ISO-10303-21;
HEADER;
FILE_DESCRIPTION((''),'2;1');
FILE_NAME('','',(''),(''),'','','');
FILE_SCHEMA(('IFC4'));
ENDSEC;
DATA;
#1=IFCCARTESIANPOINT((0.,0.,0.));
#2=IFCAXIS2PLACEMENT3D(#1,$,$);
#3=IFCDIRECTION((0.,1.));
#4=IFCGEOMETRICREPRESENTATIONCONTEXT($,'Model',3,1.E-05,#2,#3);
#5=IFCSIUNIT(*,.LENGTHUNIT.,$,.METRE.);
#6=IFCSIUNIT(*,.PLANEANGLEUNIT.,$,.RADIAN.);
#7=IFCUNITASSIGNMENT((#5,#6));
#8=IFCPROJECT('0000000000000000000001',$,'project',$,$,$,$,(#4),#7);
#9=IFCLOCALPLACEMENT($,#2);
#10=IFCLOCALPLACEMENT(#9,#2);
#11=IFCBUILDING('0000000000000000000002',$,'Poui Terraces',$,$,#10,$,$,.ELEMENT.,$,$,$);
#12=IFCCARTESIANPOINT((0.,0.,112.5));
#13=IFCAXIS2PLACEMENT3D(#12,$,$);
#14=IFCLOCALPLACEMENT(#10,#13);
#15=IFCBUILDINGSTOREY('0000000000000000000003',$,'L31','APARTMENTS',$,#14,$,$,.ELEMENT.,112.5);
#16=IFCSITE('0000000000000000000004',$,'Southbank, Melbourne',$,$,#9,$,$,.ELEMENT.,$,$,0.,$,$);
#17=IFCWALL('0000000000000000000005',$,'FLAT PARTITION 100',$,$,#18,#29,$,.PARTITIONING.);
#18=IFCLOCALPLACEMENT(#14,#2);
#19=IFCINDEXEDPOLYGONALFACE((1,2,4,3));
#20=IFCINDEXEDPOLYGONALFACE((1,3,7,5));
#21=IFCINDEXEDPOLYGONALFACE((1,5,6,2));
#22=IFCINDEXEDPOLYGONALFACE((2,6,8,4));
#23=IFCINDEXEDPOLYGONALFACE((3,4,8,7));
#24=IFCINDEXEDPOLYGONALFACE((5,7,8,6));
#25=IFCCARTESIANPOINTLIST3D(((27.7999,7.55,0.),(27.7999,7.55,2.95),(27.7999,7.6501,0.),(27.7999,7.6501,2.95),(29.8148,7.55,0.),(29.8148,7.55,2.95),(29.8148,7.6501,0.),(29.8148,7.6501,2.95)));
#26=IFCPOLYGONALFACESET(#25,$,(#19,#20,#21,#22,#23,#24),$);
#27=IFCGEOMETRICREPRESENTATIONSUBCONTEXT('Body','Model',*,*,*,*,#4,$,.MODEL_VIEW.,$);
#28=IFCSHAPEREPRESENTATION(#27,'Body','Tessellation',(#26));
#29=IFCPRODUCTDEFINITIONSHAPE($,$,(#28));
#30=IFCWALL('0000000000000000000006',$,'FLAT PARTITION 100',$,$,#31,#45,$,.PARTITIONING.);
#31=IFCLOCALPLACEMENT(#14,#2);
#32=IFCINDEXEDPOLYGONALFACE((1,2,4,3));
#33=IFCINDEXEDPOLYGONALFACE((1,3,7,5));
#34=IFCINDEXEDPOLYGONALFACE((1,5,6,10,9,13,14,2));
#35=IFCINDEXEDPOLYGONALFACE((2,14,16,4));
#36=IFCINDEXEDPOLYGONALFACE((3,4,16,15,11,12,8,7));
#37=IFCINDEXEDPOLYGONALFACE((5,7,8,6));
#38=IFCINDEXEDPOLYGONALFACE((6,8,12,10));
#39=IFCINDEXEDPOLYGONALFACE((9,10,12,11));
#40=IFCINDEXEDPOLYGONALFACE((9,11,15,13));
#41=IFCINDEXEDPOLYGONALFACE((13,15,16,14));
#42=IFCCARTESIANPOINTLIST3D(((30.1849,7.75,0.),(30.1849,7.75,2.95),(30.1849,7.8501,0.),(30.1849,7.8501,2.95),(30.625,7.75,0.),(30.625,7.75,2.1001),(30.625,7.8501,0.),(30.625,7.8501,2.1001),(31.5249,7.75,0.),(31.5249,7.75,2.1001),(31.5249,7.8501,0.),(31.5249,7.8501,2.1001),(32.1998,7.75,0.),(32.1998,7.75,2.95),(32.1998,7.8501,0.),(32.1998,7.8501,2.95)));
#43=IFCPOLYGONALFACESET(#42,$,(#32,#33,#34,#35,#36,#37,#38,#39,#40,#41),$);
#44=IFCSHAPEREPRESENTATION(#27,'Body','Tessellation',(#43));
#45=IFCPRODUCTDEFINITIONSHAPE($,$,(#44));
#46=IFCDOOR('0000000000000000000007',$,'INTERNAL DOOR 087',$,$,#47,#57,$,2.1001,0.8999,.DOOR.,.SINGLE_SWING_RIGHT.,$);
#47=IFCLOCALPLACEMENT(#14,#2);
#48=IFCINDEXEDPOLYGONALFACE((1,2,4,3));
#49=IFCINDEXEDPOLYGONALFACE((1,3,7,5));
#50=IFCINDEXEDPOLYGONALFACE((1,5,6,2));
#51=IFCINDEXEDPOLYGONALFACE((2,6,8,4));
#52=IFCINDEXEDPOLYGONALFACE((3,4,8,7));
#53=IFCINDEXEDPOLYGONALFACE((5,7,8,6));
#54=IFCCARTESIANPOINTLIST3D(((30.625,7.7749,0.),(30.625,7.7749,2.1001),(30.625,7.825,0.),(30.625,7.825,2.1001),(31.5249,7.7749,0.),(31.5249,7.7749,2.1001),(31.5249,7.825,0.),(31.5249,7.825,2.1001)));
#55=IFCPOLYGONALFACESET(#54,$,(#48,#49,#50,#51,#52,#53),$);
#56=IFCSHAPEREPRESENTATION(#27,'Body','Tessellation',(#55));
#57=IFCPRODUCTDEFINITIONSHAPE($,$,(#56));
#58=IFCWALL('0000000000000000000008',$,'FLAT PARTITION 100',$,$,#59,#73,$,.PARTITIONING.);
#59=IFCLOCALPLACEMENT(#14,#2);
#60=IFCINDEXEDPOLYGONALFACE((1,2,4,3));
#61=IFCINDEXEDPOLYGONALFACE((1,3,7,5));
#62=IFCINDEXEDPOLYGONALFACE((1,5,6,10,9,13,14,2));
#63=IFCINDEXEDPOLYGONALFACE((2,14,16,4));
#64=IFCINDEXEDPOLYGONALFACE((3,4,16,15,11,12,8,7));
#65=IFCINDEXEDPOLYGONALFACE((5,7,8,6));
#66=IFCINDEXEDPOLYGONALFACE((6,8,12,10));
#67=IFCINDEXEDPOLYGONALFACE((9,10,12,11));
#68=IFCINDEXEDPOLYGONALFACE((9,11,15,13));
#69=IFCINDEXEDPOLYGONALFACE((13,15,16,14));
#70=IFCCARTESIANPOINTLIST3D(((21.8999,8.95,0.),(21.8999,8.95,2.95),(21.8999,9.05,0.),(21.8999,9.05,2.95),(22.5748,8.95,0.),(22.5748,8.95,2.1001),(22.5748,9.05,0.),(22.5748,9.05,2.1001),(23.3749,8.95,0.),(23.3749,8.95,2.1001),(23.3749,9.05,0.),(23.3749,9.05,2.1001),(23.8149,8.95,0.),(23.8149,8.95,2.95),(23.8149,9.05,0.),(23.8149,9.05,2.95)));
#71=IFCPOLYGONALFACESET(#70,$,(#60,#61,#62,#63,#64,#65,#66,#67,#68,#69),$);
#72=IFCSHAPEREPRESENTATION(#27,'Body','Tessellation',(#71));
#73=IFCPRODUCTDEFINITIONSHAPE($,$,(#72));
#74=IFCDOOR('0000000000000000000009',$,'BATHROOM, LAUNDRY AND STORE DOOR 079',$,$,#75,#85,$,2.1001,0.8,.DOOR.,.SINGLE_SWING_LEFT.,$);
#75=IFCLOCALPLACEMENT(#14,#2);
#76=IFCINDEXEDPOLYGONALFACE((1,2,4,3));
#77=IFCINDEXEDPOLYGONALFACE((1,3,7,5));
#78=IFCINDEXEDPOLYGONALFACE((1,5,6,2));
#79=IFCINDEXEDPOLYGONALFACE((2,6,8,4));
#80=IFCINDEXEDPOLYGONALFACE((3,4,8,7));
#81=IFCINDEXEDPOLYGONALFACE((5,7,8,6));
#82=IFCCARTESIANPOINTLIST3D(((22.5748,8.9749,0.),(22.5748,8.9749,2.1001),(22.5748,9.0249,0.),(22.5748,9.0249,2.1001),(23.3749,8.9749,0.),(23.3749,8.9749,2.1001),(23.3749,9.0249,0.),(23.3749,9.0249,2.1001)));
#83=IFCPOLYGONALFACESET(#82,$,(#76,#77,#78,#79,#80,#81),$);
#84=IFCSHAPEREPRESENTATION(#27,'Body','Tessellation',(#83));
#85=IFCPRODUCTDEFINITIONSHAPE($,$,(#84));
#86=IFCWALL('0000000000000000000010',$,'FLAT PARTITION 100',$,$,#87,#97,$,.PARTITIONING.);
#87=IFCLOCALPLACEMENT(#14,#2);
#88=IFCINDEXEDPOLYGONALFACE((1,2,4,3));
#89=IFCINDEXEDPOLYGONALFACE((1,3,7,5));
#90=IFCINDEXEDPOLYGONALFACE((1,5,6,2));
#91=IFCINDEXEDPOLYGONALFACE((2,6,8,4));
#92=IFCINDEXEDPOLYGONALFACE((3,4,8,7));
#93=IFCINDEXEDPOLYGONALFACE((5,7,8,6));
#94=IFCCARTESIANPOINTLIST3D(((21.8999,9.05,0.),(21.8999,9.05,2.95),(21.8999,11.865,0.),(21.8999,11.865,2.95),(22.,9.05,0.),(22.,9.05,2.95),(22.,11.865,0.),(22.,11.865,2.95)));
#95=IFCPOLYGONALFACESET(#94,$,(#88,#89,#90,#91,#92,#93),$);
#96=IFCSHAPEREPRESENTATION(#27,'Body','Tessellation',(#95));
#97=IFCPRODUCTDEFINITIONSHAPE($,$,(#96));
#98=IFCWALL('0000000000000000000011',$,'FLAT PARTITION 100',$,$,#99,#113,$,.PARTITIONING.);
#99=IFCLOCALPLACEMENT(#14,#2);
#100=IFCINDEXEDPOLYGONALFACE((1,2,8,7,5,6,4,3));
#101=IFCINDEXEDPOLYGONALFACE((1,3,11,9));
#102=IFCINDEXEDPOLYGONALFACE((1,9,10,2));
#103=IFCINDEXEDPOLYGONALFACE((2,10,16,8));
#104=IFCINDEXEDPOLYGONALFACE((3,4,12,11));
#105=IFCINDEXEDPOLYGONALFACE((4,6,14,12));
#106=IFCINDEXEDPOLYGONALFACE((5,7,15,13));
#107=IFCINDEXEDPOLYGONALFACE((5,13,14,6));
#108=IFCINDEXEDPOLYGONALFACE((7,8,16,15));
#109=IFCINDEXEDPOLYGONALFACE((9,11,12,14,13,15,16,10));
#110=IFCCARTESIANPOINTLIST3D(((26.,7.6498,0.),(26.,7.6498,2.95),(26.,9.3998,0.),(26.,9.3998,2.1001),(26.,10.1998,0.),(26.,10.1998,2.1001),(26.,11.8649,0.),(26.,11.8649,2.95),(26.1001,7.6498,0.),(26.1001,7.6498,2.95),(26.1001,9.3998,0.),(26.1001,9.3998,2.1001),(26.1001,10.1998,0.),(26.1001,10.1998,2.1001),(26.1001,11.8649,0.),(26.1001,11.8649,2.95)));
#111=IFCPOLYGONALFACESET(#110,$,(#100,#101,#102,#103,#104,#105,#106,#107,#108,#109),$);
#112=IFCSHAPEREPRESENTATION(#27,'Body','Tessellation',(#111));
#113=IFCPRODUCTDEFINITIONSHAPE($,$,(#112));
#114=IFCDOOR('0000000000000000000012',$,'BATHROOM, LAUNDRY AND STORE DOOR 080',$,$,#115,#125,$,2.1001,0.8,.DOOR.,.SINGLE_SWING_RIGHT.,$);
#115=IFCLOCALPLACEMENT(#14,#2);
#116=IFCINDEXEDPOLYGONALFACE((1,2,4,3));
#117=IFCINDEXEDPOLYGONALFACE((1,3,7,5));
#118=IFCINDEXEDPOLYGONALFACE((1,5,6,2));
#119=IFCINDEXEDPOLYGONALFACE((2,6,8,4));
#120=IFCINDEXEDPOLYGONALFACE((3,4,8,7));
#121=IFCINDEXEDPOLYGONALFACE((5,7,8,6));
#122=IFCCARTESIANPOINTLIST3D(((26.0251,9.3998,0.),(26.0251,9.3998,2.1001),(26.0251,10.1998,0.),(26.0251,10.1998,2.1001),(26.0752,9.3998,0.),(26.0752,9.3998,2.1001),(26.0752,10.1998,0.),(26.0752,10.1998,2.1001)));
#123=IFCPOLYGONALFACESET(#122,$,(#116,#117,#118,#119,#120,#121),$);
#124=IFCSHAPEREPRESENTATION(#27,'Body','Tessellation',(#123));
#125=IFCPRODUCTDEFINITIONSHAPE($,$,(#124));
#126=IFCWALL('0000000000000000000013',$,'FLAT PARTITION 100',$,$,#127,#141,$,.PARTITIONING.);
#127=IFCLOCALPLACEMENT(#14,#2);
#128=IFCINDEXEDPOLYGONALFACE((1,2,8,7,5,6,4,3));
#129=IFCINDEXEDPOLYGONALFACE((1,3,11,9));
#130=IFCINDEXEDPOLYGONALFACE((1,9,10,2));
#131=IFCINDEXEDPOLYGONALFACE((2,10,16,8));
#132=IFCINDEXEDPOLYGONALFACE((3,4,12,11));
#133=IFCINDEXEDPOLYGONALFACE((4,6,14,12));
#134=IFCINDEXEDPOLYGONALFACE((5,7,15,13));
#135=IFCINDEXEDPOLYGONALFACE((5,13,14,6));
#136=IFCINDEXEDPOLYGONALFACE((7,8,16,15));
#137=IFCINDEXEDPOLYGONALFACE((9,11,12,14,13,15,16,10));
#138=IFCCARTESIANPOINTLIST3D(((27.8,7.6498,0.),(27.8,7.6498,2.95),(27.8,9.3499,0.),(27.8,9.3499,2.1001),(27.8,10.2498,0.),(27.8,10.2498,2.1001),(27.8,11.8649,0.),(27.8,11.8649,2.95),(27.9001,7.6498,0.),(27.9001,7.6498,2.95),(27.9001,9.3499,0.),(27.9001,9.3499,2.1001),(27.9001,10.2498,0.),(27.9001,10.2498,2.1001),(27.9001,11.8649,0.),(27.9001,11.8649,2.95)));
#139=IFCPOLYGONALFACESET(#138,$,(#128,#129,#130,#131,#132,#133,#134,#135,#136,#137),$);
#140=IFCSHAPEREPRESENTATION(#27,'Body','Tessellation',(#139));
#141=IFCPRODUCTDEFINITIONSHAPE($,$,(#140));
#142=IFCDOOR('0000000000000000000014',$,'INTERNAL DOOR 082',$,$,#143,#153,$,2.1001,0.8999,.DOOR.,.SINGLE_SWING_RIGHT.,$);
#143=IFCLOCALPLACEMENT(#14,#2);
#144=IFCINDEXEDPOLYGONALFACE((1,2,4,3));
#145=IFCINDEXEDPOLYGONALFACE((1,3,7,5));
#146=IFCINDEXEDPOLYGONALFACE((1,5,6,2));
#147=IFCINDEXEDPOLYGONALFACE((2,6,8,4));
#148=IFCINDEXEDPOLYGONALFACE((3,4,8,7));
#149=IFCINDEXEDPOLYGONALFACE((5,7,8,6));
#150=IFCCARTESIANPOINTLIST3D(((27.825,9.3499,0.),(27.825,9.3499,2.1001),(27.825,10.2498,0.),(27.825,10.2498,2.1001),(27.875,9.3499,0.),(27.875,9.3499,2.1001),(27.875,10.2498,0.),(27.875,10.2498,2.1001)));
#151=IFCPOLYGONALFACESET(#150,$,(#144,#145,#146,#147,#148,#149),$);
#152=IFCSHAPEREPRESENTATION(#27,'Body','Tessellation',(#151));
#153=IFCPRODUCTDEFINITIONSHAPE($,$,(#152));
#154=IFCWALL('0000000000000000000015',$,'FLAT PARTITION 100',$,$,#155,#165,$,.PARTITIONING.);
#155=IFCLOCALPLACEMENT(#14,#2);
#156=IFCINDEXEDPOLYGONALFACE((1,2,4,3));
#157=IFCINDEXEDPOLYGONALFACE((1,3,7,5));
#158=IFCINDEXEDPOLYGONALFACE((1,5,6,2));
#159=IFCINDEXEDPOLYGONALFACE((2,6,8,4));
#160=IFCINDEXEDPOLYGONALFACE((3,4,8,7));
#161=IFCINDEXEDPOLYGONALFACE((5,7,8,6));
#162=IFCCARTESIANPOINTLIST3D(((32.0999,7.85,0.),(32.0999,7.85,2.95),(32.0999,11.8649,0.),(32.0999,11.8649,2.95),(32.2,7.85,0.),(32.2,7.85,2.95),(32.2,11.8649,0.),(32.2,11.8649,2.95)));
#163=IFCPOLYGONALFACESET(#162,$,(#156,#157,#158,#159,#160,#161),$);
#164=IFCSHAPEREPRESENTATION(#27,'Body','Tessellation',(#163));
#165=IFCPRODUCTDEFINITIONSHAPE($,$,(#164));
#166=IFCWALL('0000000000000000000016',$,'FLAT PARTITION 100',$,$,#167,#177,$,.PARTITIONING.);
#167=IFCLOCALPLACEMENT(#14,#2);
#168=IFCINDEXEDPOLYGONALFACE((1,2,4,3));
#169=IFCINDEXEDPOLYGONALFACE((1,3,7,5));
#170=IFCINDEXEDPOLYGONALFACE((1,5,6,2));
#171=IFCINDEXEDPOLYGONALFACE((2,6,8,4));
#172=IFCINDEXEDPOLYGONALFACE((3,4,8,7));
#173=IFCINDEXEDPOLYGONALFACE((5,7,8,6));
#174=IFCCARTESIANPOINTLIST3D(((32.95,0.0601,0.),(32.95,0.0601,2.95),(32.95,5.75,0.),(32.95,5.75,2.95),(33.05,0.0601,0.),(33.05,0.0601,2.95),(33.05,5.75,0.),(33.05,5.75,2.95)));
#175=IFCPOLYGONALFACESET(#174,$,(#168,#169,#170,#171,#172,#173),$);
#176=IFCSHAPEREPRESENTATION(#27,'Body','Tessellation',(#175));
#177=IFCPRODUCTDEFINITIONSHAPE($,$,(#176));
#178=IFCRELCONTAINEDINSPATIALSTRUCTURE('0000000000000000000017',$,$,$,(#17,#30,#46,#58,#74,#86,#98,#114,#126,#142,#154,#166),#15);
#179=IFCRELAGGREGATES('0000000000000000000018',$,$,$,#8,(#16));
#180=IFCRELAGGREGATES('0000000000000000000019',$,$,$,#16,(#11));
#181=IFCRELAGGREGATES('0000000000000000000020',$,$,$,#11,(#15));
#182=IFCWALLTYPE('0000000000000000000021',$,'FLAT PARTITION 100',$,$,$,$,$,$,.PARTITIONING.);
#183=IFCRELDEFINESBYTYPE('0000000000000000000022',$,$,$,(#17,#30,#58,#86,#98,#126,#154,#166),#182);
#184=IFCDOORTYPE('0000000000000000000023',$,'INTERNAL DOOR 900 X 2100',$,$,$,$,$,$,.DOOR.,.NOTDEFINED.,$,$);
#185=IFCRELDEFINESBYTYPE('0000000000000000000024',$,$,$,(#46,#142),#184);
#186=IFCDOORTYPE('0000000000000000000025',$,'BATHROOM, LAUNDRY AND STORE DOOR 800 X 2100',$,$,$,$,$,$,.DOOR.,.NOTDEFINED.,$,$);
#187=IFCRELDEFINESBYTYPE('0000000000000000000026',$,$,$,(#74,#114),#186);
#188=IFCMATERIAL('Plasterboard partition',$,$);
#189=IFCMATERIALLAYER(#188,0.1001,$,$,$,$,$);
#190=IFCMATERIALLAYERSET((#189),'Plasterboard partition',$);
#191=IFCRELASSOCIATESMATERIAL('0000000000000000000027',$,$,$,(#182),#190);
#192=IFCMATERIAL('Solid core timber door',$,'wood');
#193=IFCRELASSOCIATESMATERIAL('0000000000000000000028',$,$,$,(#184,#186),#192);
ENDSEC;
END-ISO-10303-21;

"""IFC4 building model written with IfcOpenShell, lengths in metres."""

from ifc_helpers import new_model, si_unit, direction, frame, frame_2d, origin, place, context, subcontext, project, spatial, rectangle, extrude, material, layer, layer_set, type_object, element, fill, save


model = new_model("IFC4")

# Units and contexts
model_context = context("Model", 3, precision=1e-05, world=origin(), true_north=direction((0.0, 1.0)))
body_context = subcontext(model_context, "Body", "Model", "MODEL_VIEW")
ifc_project = project(units=[si_unit("LENGTHUNIT", "METRE"), si_unit("PLANEANGLEUNIT", "RADIAN")], contexts=[model_context])

# Site, building, storey
site_placement = place(None, origin())
site = spatial("IfcSite", under=ifc_project, at=site_placement, Name="Southbank, Melbourne", CompositionType="ELEMENT", RefElevation=0.0)
building_placement = place(site_placement, origin())
building = spatial("IfcBuilding", under=site, at=building_placement, Name="Poui Terraces", CompositionType="ELEMENT")
storey_placement = place(building_placement, frame((0.0, 0.0, 112.5)))
storey = spatial("IfcBuildingStorey", under=building, at=storey_placement, Name="L31", Description="APARTMENTS", CompositionType="ELEMENT", Elevation=112.5)

# Shared definitions
ifc_material_1 = material(Name="Plasterboard partition")
ifc_layer_1 = layer(ifc_material_1, 0.1001)
ifc_layer_set_1 = layer_set([ifc_layer_1], Name="Plasterboard partition")
wall_type_1 = type_object("IfcWallType", Name="FLAT PARTITION 100", PredefinedType="PARTITIONING", material=ifc_layer_set_1)
ifc_material_2 = material(Name="Solid core timber door", Category="wood")
door_type_1 = type_object("IfcDoorType", Name="INTERNAL DOOR 900 X 2100", OperationType="NOTDEFINED", PredefinedType="DOOR", material=ifc_material_2)

# Wall
wall_1_placement = place(storey_placement, frame((27.8, 7.6001, 0.0), z_axis=(0.0, 0.0, 1.0), x_axis=(1.0, 0.0, 0.0)))
element("IfcWall", 1, at=wall_1_placement, inside=storey, type_object=wall_type_1, Name="FLAT PARTITION 100", PredefinedType="PARTITIONING", context=body_context, shape_type="SweptSolid", body=[
    extrude(rectangle(XDim=2.0149, YDim=0.1001, at=frame_2d((1.0073, 0.0))), origin(), (0.0, 0.0, 1.0), 2.95),
])

# Walls, openings, doors
wall_2_placement = place(storey_placement, frame((30.1851, 7.8, 0.0), z_axis=(0.0, 0.0, 1.0), x_axis=(1.0, 0.0, 0.0)))
wall_2 = element("IfcWall", 2, at=wall_2_placement, inside=storey, type_object=wall_type_1, Name="FLAT PARTITION 100", PredefinedType="PARTITIONING", context=body_context, shape_type="SweptSolid", body=[
    extrude(rectangle(XDim=2.0149, YDim=0.1001, at=frame_2d((1.0073, 0.0))), origin(), (0.0, 0.0, 1.0), 2.95),
])
opening_1_placement = place(wall_2_placement, frame((0.4399, 0.0, 0.0)))
opening_1 = element("IfcOpeningElement", 3, at=opening_1_placement, cuts=wall_2, PredefinedType="OPENING", context=body_context, shape_type="SweptSolid", body=[
    extrude(rectangle(XDim=0.8999, YDim=2.1001, at=frame_2d((0.45, 1.05))), frame((0.0, 0.0601, 0.0), z_axis=(0.0, -1.0, 0.0), x_axis=(1.0, 0.0, 0.0)), (0.0, 0.0, 1.0), 0.1201),
])
door_1_placement = place(opening_1_placement, origin())
door_1 = element("IfcDoor", 4, at=door_1_placement, inside=storey, type_object=door_type_1, Name="INTERNAL DOOR 087", OperationType="SINGLE_SWING_RIGHT", OverallHeight=2.1001, OverallWidth=0.8999, PredefinedType="DOOR", context=body_context, shape_type="SweptSolid", body=[
    extrude(rectangle(XDim=0.8999, YDim=2.1001, at=frame_2d((0.45, 1.05))), frame((0.0, 0.0249, 0.0), z_axis=(0.0, -1.0, 0.0), x_axis=(1.0, 0.0, 0.0)), (0.0, 0.0, 1.0), 0.05),
])
fill(opening_1, door_1)
wall_3_placement = place(storey_placement, frame((21.8999, 9.0, 0.0), z_axis=(0.0, 0.0, 1.0), x_axis=(1.0, 0.0, 0.0)))
wall_3 = element("IfcWall", 5, at=wall_3_placement, inside=storey, type_object=wall_type_1, Name="FLAT PARTITION 100", PredefinedType="PARTITIONING", context=body_context, shape_type="SweptSolid", body=[
    extrude(rectangle(XDim=1.915, YDim=0.1001, at=frame_2d((0.9575, 0.0))), origin(), (0.0, 0.0, 1.0), 2.95),
])
opening_2_placement = place(wall_3_placement, frame((0.675, 0.0, 0.0)))
opening_2 = element("IfcOpeningElement", 6, at=opening_2_placement, cuts=wall_3, PredefinedType="OPENING", context=body_context, shape_type="SweptSolid", body=[
    extrude(rectangle(XDim=0.8, YDim=2.1001, at=frame_2d((0.3999, 1.05))), frame((0.0, 0.0601, 0.0), z_axis=(0.0, -1.0, 0.0), x_axis=(1.0, 0.0, 0.0)), (0.0, 0.0, 1.0), 0.1201),
])
door_type_2 = type_object("IfcDoorType", Name="BATHROOM, LAUNDRY AND STORE DOOR 800 X 2100", OperationType="NOTDEFINED", PredefinedType="DOOR", material=ifc_material_2)
door_2_placement = place(opening_2_placement, origin())
door_2 = element("IfcDoor", 7, at=door_2_placement, inside=storey, type_object=door_type_2, Name="BATHROOM, LAUNDRY AND STORE DOOR 079", OperationType="SINGLE_SWING_LEFT", OverallHeight=2.1001, OverallWidth=0.8, PredefinedType="DOOR", context=body_context, shape_type="SweptSolid", body=[
    extrude(rectangle(XDim=0.8, YDim=2.1001, at=frame_2d((0.3999, 1.05))), frame((0.0, 0.0249, 0.0), z_axis=(0.0, -1.0, 0.0), x_axis=(1.0, 0.0, 0.0)), (0.0, 0.0, 1.0), 0.05),
])
fill(opening_2, door_2)

# Wall
wall_4_placement = place(storey_placement, frame((21.95, 9.05, 0.0), z_axis=(0.0, 0.0, 1.0), x_axis=(0.0, 1.0, 0.0)))
element("IfcWall", 8, at=wall_4_placement, inside=storey, type_object=wall_type_1, Name="FLAT PARTITION 100", PredefinedType="PARTITIONING", context=body_context, shape_type="SweptSolid", body=[
    extrude(rectangle(XDim=2.8149, YDim=0.1001, at=frame_2d((1.4075, 0.0))), origin(), (0.0, 0.0, 1.0), 2.95),
])

# Walls, openings, doors
wall_5_placement = place(storey_placement, frame((26.05, 7.6499, 0.0), z_axis=(0.0, 0.0, 1.0), x_axis=(0.0, 1.0, 0.0)))
wall_5 = element("IfcWall", 9, at=wall_5_placement, inside=storey, type_object=wall_type_1, Name="FLAT PARTITION 100", PredefinedType="PARTITIONING", context=body_context, shape_type="SweptSolid", body=[
    extrude(rectangle(XDim=4.2151, YDim=0.1001, at=frame_2d((2.1074, 0.0))), origin(), (0.0, 0.0, 1.0), 2.95),
])
opening_3_placement = place(wall_5_placement, frame((1.75, 0.0, 0.0)))
opening_3 = element("IfcOpeningElement", 10, at=opening_3_placement, cuts=wall_5, PredefinedType="OPENING", context=body_context, shape_type="SweptSolid", body=[
    extrude(rectangle(XDim=0.8, YDim=2.1001, at=frame_2d((0.3999, 1.05))), frame((0.0, 0.0601, 0.0), z_axis=(0.0, -1.0, 0.0), x_axis=(1.0, 0.0, 0.0)), (0.0, 0.0, 1.0), 0.1201),
])
door_3_placement = place(opening_3_placement, origin())
door_3 = element("IfcDoor", 11, at=door_3_placement, inside=storey, type_object=door_type_2, Name="BATHROOM, LAUNDRY AND STORE DOOR 080", OperationType="SINGLE_SWING_RIGHT", OverallHeight=2.1001, OverallWidth=0.8, PredefinedType="DOOR", context=body_context, shape_type="SweptSolid", body=[
    extrude(rectangle(XDim=0.8, YDim=2.1001, at=frame_2d((0.3999, 1.05))), frame((0.0, 0.0249, 0.0), z_axis=(0.0, -1.0, 0.0), x_axis=(1.0, 0.0, 0.0)), (0.0, 0.0, 1.0), 0.05),
])
fill(opening_3, door_3)
wall_6_placement = place(storey_placement, frame((27.8501, 7.6499, 0.0), z_axis=(0.0, 0.0, 1.0), x_axis=(0.0, 1.0, 0.0)))
wall_6 = element("IfcWall", 12, at=wall_6_placement, inside=storey, type_object=wall_type_1, Name="FLAT PARTITION 100", PredefinedType="PARTITIONING", context=body_context, shape_type="SweptSolid", body=[
    extrude(rectangle(XDim=4.2151, YDim=0.1001, at=frame_2d((2.1074, 0.0))), origin(), (0.0, 0.0, 1.0), 2.95),
])
opening_4_placement = place(wall_6_placement, frame((1.7, 0.0, 0.0)))
opening_4 = element("IfcOpeningElement", 13, at=opening_4_placement, cuts=wall_6, PredefinedType="OPENING", context=body_context, shape_type="SweptSolid", body=[
    extrude(rectangle(XDim=0.8999, YDim=2.1001, at=frame_2d((0.45, 1.05))), frame((0.0, 0.0601, 0.0), z_axis=(0.0, -1.0, 0.0), x_axis=(1.0, 0.0, 0.0)), (0.0, 0.0, 1.0), 0.1201),
])
door_4_placement = place(opening_4_placement, frame((0.8999, 0.0, 0.0), z_axis=(0.0, 0.0, 1.0), x_axis=(-1.0, 0.0, 0.0)))
door_4 = element("IfcDoor", 14, at=door_4_placement, inside=storey, type_object=door_type_1, Name="INTERNAL DOOR 082", OperationType="SINGLE_SWING_RIGHT", OverallHeight=2.1001, OverallWidth=0.8999, PredefinedType="DOOR", context=body_context, shape_type="SweptSolid", body=[
    extrude(rectangle(XDim=0.8999, YDim=2.1001, at=frame_2d((0.45, 1.05))), frame((0.0, 0.0249, 0.0), z_axis=(0.0, -1.0, 0.0), x_axis=(1.0, 0.0, 0.0)), (0.0, 0.0, 1.0), 0.05),
])
fill(opening_4, door_4)

# Walls
wall_7_placement = place(storey_placement, frame((32.1499, 7.8501, 0.0), z_axis=(0.0, 0.0, 1.0), x_axis=(0.0, 1.0, 0.0)))
element("IfcWall", 15, at=wall_7_placement, inside=storey, type_object=wall_type_1, Name="FLAT PARTITION 100", PredefinedType="PARTITIONING", context=body_context, shape_type="SweptSolid", body=[
    extrude(rectangle(XDim=4.0149, YDim=0.1001, at=frame_2d((2.0073, 0.0))), origin(), (0.0, 0.0, 1.0), 2.95),
])
wall_8_placement = place(storey_placement, frame((33.0, 0.0601, 0.0), z_axis=(0.0, 0.0, 1.0), x_axis=(0.0, 1.0, 0.0)))
element("IfcWall", 16, at=wall_8_placement, inside=storey, type_object=wall_type_1, Name="FLAT PARTITION 100", PredefinedType="PARTITIONING", context=body_context, shape_type="SweptSolid", body=[
    extrude(rectangle(XDim=5.6899, YDim=0.1001, at=frame_2d((2.845, 0.0))), origin(), (0.0, 0.0, 1.0), 2.95),
])

save(model, "model.ifc")
